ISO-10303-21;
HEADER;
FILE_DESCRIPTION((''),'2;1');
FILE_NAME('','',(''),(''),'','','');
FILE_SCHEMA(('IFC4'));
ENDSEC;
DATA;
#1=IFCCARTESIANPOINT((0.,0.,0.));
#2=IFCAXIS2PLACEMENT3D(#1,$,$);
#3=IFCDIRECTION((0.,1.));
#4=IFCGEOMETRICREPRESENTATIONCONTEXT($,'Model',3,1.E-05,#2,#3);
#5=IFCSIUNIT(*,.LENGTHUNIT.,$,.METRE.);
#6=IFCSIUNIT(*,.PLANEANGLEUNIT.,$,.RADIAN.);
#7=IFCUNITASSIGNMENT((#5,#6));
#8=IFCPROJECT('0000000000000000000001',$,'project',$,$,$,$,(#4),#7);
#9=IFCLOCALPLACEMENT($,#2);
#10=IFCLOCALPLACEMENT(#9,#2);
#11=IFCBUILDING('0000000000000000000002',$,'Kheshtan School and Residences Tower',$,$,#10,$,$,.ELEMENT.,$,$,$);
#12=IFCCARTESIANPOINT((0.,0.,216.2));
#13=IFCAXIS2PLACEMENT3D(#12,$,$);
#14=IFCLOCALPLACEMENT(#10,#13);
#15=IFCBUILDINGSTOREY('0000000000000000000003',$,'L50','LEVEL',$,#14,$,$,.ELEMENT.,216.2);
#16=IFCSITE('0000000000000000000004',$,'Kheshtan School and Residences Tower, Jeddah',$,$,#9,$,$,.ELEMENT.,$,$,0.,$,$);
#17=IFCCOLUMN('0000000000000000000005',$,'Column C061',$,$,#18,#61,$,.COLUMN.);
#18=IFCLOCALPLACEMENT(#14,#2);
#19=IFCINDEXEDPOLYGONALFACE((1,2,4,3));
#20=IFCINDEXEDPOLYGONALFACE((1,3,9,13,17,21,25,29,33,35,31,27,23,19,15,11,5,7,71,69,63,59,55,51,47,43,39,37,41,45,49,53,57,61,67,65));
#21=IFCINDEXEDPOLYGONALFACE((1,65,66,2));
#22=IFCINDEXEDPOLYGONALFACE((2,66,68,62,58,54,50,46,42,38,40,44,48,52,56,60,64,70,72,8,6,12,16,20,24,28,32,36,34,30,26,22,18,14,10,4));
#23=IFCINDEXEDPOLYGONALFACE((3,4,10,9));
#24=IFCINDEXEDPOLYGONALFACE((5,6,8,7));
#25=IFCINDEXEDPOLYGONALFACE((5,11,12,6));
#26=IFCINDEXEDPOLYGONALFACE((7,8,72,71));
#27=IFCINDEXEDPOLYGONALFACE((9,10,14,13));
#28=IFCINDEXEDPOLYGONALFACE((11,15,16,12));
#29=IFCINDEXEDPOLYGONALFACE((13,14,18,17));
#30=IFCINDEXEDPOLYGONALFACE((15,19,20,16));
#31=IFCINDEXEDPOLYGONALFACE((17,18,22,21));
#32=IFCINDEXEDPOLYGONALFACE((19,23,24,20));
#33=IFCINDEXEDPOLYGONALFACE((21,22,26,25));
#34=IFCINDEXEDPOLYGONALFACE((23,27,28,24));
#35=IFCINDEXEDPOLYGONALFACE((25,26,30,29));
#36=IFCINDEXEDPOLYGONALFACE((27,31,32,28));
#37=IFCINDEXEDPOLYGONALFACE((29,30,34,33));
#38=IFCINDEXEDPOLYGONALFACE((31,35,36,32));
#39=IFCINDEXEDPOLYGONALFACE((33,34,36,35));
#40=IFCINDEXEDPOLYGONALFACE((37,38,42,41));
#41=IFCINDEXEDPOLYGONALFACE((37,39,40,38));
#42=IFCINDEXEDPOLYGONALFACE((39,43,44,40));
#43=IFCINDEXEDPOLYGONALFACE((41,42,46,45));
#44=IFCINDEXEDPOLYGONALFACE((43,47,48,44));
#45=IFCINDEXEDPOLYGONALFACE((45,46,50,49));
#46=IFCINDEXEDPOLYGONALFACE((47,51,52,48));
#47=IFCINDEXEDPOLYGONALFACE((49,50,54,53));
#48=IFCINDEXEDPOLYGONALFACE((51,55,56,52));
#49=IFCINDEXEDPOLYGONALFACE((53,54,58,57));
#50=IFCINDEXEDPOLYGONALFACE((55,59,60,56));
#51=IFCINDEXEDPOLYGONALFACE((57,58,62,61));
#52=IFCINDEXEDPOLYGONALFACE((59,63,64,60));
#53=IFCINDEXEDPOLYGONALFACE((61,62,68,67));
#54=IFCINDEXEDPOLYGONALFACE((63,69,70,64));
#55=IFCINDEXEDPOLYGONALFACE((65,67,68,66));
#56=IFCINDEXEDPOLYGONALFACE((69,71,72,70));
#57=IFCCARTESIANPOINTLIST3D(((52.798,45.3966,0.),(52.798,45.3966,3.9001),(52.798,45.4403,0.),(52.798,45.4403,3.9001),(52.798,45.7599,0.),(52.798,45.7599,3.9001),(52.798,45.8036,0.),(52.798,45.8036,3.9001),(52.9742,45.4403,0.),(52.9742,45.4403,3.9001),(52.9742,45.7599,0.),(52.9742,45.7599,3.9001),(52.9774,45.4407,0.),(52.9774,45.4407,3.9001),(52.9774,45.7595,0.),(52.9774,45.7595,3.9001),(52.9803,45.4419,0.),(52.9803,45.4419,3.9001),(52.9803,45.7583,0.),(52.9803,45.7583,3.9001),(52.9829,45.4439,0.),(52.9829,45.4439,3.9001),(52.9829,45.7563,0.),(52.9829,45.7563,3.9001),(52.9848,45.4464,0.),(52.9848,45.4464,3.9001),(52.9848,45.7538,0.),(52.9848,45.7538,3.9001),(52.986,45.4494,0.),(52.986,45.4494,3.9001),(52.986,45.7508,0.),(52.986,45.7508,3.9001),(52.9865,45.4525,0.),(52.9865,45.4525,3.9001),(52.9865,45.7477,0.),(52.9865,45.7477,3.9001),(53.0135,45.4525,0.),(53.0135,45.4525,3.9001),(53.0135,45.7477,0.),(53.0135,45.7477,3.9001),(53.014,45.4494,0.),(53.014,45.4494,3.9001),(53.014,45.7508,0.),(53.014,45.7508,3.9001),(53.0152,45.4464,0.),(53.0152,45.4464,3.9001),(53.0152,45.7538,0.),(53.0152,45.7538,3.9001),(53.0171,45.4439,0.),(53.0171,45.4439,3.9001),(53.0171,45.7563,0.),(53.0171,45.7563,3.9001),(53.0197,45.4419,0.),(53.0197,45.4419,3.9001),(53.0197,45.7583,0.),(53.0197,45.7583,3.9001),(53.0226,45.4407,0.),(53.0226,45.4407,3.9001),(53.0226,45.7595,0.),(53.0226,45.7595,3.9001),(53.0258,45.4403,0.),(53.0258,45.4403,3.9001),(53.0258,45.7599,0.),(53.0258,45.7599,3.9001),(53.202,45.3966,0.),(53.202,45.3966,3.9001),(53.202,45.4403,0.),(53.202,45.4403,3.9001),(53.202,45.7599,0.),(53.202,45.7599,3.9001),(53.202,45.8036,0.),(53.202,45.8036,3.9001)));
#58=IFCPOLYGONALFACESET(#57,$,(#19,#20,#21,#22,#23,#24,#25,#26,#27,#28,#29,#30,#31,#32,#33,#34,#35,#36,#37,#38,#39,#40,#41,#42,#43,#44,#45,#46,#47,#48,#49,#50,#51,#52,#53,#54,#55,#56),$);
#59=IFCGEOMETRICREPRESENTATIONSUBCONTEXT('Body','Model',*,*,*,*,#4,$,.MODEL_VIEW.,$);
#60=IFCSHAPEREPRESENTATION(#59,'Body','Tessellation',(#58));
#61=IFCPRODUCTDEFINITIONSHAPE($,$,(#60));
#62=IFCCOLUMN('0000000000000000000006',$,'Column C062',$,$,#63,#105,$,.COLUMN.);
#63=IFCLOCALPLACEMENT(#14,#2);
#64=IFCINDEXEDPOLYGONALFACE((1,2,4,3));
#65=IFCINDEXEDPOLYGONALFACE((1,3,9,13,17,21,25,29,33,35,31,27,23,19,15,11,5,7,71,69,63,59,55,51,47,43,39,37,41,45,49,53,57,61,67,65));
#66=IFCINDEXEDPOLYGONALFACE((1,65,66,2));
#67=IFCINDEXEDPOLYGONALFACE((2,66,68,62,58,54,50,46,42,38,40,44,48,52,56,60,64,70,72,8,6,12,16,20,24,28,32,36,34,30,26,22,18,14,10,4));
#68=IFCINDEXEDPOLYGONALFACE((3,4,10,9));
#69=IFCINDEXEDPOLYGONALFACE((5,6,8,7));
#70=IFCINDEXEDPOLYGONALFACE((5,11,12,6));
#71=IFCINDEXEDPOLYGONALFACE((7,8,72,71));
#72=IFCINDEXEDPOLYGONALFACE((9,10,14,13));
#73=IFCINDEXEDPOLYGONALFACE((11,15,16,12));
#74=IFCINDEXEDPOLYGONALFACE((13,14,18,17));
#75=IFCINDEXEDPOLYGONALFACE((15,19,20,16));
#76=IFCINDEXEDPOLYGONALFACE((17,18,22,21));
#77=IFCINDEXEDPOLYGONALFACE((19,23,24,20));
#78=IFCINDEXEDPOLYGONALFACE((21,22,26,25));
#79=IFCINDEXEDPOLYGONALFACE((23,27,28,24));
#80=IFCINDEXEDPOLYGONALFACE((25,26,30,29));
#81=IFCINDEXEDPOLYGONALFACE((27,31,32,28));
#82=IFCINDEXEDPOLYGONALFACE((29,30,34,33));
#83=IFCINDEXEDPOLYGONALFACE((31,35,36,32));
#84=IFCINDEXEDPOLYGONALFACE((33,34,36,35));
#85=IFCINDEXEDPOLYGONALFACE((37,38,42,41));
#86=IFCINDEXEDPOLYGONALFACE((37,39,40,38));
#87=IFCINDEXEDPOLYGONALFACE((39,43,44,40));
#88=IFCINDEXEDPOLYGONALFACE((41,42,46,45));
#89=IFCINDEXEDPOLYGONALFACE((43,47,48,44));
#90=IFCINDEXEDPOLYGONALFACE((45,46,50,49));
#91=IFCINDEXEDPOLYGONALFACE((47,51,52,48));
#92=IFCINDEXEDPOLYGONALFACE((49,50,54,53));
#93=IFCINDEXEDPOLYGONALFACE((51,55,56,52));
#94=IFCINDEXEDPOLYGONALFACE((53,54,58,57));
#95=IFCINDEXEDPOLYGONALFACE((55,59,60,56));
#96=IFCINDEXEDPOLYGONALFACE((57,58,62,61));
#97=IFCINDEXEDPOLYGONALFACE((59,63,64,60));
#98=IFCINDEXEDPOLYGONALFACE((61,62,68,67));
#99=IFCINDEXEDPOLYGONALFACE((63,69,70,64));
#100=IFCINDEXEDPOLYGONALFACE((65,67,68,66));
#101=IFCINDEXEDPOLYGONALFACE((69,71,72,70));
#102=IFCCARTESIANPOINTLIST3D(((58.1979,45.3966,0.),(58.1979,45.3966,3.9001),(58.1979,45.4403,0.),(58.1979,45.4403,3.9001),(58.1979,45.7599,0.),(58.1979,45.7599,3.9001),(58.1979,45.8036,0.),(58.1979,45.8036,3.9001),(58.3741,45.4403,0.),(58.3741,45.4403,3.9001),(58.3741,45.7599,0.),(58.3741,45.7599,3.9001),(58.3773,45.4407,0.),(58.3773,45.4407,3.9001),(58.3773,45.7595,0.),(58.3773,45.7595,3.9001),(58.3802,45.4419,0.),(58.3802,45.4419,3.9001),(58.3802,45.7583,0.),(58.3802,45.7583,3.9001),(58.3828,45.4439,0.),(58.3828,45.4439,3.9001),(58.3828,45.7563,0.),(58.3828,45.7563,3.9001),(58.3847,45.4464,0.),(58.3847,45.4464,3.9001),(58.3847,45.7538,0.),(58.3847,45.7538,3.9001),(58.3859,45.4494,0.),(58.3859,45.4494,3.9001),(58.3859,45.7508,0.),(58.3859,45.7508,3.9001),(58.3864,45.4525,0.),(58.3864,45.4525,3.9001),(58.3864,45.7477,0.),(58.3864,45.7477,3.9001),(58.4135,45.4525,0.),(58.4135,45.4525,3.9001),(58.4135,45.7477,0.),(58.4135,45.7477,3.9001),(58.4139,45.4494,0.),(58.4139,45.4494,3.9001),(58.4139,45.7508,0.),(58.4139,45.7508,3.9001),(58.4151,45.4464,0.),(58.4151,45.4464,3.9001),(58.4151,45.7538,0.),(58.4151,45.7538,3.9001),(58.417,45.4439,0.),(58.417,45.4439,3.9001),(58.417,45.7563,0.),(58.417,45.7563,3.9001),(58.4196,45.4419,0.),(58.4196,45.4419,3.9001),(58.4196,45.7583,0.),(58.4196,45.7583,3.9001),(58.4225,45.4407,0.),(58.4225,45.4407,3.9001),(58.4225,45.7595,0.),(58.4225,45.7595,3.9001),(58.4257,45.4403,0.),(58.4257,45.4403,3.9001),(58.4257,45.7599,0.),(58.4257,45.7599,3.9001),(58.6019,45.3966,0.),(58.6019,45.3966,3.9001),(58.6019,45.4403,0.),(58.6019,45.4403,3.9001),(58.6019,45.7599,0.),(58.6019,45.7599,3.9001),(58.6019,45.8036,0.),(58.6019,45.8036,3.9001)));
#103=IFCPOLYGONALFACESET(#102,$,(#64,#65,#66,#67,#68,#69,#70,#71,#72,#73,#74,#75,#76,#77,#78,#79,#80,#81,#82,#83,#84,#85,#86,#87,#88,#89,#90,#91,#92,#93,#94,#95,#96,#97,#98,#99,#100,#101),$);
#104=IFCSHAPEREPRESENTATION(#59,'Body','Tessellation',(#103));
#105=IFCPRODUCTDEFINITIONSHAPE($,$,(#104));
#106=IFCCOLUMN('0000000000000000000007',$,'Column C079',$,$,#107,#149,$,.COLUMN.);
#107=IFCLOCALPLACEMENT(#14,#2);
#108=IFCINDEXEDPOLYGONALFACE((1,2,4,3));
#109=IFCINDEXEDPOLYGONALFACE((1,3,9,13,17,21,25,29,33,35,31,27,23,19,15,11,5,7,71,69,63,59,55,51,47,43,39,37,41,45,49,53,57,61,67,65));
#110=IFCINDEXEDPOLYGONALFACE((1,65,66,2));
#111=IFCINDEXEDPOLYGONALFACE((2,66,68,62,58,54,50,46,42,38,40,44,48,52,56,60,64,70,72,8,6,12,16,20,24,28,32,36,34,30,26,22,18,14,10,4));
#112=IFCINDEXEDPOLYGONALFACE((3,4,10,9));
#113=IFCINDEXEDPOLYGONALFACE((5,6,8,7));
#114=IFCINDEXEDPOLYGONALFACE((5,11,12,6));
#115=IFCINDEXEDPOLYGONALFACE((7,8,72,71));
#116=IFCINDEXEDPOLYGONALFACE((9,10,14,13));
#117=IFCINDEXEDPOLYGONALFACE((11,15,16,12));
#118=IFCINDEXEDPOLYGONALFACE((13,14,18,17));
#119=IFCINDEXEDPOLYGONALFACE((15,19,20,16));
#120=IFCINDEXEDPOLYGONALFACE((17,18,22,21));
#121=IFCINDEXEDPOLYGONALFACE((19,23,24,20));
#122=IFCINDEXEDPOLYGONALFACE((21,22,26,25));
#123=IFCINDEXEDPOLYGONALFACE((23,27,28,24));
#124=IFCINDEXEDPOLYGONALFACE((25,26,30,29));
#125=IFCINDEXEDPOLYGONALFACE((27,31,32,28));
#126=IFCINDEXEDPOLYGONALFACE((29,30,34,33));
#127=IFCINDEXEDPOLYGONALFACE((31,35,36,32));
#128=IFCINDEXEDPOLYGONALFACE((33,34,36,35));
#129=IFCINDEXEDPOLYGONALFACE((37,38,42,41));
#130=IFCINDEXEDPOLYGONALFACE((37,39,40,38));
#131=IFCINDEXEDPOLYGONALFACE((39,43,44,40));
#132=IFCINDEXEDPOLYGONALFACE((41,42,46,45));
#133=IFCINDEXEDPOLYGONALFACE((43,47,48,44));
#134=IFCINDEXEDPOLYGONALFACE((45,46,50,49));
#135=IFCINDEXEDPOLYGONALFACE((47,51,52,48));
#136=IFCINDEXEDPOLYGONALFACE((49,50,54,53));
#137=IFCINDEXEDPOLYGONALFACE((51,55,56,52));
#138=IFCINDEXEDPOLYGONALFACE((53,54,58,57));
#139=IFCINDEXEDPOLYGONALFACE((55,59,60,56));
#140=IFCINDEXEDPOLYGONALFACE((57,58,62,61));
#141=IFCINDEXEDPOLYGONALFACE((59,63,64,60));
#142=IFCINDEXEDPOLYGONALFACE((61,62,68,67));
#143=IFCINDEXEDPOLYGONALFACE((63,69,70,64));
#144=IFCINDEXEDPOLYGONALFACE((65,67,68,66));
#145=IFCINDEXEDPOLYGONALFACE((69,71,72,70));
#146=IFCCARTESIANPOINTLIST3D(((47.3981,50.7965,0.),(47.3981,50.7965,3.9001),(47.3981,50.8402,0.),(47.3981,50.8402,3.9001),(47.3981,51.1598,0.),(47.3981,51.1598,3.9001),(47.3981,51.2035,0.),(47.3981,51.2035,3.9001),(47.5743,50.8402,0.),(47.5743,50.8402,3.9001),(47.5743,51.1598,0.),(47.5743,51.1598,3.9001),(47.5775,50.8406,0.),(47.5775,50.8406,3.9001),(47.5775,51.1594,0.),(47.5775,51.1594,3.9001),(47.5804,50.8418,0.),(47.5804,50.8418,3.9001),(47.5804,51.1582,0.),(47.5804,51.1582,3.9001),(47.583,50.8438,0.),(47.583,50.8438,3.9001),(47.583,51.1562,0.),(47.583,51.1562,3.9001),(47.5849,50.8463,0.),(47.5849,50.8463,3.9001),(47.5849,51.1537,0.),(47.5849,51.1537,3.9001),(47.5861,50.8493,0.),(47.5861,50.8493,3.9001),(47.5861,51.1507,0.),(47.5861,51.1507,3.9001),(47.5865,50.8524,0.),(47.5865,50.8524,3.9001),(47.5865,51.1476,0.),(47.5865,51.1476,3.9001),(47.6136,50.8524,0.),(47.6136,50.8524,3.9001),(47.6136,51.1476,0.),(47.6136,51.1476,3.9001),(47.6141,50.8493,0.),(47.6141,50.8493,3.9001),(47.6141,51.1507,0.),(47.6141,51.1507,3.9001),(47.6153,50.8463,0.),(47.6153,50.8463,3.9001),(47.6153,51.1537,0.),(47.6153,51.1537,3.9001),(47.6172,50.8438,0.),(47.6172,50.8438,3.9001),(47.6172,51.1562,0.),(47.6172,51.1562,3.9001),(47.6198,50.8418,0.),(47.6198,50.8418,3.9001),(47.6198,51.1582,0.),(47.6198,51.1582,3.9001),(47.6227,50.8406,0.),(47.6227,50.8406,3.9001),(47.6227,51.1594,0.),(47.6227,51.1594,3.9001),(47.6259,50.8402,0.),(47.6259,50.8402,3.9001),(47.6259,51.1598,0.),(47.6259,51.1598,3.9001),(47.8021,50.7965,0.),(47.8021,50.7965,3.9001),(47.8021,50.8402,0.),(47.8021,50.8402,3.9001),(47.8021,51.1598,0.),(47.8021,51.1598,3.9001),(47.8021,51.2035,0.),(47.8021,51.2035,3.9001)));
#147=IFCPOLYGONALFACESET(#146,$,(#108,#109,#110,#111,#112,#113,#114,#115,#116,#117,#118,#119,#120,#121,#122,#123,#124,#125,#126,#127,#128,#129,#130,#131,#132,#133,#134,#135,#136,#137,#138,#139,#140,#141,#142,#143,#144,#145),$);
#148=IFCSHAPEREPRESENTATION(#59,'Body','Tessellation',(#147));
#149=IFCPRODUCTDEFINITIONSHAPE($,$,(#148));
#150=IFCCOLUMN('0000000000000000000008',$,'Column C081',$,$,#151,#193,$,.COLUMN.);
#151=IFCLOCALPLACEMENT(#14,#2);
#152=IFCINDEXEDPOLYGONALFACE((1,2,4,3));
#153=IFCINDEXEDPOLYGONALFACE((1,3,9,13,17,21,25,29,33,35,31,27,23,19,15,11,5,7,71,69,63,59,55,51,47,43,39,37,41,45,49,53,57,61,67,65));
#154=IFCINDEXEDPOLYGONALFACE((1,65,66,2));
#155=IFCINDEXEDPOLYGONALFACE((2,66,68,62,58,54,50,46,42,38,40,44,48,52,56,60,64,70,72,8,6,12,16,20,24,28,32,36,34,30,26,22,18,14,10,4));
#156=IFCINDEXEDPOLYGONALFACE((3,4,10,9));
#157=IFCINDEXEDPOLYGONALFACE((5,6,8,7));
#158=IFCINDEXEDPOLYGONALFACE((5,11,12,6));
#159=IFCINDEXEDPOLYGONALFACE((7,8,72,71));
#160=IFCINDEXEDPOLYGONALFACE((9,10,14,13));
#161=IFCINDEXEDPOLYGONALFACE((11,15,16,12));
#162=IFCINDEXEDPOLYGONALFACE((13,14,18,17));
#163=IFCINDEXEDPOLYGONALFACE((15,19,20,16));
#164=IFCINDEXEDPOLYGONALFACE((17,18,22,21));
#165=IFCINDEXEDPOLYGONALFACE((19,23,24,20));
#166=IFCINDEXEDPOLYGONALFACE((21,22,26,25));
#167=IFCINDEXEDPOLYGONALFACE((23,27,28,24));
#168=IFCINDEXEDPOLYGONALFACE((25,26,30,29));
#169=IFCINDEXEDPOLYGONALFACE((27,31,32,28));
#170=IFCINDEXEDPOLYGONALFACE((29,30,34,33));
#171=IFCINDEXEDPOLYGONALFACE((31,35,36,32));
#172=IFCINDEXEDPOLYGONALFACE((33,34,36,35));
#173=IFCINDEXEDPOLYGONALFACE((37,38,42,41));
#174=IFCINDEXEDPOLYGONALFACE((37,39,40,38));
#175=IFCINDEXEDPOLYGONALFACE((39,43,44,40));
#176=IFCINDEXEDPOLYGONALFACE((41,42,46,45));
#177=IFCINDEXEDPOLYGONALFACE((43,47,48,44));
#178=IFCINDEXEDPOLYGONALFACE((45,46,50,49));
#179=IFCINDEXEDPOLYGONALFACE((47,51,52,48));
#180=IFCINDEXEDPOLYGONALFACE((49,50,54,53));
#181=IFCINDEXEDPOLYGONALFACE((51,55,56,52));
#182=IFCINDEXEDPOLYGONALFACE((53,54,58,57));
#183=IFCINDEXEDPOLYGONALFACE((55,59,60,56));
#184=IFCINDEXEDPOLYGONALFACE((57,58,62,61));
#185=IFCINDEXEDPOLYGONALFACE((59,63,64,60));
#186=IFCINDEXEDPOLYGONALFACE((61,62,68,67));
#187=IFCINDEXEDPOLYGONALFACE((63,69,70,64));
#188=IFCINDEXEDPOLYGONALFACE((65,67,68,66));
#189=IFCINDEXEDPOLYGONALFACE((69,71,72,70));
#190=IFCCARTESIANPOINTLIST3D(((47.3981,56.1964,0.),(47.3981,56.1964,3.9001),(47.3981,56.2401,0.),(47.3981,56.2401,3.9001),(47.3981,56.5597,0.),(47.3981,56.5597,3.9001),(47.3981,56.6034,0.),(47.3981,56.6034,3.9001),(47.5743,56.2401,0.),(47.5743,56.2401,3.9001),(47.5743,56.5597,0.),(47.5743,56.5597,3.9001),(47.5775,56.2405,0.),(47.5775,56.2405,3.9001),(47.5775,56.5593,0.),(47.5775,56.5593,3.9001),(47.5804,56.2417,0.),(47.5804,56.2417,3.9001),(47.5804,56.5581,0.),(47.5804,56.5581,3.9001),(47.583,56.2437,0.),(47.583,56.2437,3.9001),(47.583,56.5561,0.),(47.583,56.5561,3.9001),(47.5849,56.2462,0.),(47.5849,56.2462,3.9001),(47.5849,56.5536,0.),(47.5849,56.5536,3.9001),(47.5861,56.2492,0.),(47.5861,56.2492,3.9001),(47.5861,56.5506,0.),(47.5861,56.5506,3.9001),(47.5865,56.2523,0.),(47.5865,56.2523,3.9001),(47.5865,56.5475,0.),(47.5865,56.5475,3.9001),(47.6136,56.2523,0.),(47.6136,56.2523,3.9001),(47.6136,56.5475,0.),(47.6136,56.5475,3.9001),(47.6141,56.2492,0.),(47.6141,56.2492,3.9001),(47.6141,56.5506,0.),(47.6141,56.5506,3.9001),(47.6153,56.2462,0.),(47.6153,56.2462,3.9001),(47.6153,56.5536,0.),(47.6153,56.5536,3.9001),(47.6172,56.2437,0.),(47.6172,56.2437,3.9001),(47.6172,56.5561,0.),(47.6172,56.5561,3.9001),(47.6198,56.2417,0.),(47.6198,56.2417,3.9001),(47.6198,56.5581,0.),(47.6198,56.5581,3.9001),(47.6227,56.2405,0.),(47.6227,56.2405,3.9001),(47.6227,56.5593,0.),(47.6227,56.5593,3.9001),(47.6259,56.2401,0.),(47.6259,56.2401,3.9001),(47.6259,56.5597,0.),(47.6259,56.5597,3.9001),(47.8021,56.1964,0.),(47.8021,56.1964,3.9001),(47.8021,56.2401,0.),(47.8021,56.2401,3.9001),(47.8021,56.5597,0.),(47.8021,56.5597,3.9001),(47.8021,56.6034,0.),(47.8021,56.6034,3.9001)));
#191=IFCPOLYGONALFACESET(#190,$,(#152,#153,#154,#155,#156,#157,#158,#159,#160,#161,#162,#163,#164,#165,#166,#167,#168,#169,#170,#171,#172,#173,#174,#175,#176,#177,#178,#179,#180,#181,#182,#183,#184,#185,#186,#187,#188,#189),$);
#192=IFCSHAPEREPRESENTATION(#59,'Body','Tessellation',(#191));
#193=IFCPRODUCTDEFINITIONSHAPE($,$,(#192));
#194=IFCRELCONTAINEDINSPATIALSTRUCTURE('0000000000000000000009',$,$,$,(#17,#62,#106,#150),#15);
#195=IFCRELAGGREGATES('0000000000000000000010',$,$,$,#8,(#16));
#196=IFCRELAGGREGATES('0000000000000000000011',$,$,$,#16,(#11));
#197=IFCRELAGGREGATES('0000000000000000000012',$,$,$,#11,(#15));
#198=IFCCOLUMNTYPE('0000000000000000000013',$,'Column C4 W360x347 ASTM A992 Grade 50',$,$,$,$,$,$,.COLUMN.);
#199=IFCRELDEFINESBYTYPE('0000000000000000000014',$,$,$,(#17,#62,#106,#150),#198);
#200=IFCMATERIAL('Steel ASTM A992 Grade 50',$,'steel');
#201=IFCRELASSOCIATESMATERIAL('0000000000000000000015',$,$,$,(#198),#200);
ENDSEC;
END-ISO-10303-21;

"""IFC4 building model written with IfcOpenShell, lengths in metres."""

from ifc_helpers import new_model, si_unit, direction, frame, origin, origin_2d, place, context, subcontext, project, spatial, i_section, extrude, material, material_profile, profile_set, type_object, element, save


model = new_model("IFC4")

# Units and contexts
model_context = context("Model", 3, precision=1e-05, world=origin(), true_north=direction((0.0, 1.0)))
body_context = subcontext(model_context, "Body", "Model", "MODEL_VIEW")
ifc_project = project(units=[si_unit("LENGTHUNIT", "METRE"), si_unit("PLANEANGLEUNIT", "RADIAN")], contexts=[model_context])

# Site, building, storey
site_placement = place(None, origin())
site = spatial("IfcSite", under=ifc_project, at=site_placement, Name="Kheshtan School and Residences Tower, Jeddah", CompositionType="ELEMENT", RefElevation=0.0)
building_placement = place(site_placement, origin())
building = spatial("IfcBuilding", under=site, at=building_placement, Name="Kheshtan School and Residences Tower", CompositionType="ELEMENT")
storey_placement = place(building_placement, frame((0.0, 0.0, 216.2)))
storey = spatial("IfcBuildingStorey", under=building, at=storey_placement, Name="L50", Description="LEVEL", CompositionType="ELEMENT", Elevation=216.2)

# Columns
ifc_material_1 = material(Name="Steel ASTM A992 Grade 50", Category="steel")
ifc_material_profile_1 = material_profile(ifc_material_1, i_section(OverallWidth=0.4041, OverallDepth=0.407, WebThickness=0.0271, FlangeThickness=0.0437, FilletRadius=0.0122, at=origin_2d()), Name="W360x347")
ifc_profile_set_1 = profile_set([ifc_material_profile_1], Name="Steel ASTM A992 Grade 50")
column_type_1 = type_object("IfcColumnType", Name="Column C4 W360x347 ASTM A992 Grade 50", PredefinedType="COLUMN", material=ifc_profile_set_1)
for number, where, z_axis, x_axis, name in (
    (1, (53.0, 45.6001, 0.0), (0.0, 0.0, 1.0), (1.0, 0.0, 0.0), "Column C061"),
    (2, (58.3999, 45.6001, 0.0), (0.0, 0.0, 1.0), (1.0, 0.0, 0.0), "Column C062"),
    (3, (47.6001, 51.0, 0.0), (0.0, 0.0, 1.0), (1.0, 0.0, 0.0), "Column C079"),
    (4, (47.6001, 56.3999, 0.0), (0.0, 0.0, 1.0), (1.0, 0.0, 0.0), "Column C081"),
):
    element("IfcColumn", number, at=place(storey_placement, frame(where, z_axis=z_axis, x_axis=x_axis)), inside=storey, type_object=column_type_1, Name=name, PredefinedType="COLUMN", context=body_context, shape_type="SweptSolid", body=[
        extrude(i_section(OverallWidth=0.4041, OverallDepth=0.407, WebThickness=0.0271, FlangeThickness=0.0437, FilletRadius=0.0122, at=origin_2d()), origin(), (0.0, 0.0, 1.0), 3.9001),
    ])

save(model, "model.ifc")
